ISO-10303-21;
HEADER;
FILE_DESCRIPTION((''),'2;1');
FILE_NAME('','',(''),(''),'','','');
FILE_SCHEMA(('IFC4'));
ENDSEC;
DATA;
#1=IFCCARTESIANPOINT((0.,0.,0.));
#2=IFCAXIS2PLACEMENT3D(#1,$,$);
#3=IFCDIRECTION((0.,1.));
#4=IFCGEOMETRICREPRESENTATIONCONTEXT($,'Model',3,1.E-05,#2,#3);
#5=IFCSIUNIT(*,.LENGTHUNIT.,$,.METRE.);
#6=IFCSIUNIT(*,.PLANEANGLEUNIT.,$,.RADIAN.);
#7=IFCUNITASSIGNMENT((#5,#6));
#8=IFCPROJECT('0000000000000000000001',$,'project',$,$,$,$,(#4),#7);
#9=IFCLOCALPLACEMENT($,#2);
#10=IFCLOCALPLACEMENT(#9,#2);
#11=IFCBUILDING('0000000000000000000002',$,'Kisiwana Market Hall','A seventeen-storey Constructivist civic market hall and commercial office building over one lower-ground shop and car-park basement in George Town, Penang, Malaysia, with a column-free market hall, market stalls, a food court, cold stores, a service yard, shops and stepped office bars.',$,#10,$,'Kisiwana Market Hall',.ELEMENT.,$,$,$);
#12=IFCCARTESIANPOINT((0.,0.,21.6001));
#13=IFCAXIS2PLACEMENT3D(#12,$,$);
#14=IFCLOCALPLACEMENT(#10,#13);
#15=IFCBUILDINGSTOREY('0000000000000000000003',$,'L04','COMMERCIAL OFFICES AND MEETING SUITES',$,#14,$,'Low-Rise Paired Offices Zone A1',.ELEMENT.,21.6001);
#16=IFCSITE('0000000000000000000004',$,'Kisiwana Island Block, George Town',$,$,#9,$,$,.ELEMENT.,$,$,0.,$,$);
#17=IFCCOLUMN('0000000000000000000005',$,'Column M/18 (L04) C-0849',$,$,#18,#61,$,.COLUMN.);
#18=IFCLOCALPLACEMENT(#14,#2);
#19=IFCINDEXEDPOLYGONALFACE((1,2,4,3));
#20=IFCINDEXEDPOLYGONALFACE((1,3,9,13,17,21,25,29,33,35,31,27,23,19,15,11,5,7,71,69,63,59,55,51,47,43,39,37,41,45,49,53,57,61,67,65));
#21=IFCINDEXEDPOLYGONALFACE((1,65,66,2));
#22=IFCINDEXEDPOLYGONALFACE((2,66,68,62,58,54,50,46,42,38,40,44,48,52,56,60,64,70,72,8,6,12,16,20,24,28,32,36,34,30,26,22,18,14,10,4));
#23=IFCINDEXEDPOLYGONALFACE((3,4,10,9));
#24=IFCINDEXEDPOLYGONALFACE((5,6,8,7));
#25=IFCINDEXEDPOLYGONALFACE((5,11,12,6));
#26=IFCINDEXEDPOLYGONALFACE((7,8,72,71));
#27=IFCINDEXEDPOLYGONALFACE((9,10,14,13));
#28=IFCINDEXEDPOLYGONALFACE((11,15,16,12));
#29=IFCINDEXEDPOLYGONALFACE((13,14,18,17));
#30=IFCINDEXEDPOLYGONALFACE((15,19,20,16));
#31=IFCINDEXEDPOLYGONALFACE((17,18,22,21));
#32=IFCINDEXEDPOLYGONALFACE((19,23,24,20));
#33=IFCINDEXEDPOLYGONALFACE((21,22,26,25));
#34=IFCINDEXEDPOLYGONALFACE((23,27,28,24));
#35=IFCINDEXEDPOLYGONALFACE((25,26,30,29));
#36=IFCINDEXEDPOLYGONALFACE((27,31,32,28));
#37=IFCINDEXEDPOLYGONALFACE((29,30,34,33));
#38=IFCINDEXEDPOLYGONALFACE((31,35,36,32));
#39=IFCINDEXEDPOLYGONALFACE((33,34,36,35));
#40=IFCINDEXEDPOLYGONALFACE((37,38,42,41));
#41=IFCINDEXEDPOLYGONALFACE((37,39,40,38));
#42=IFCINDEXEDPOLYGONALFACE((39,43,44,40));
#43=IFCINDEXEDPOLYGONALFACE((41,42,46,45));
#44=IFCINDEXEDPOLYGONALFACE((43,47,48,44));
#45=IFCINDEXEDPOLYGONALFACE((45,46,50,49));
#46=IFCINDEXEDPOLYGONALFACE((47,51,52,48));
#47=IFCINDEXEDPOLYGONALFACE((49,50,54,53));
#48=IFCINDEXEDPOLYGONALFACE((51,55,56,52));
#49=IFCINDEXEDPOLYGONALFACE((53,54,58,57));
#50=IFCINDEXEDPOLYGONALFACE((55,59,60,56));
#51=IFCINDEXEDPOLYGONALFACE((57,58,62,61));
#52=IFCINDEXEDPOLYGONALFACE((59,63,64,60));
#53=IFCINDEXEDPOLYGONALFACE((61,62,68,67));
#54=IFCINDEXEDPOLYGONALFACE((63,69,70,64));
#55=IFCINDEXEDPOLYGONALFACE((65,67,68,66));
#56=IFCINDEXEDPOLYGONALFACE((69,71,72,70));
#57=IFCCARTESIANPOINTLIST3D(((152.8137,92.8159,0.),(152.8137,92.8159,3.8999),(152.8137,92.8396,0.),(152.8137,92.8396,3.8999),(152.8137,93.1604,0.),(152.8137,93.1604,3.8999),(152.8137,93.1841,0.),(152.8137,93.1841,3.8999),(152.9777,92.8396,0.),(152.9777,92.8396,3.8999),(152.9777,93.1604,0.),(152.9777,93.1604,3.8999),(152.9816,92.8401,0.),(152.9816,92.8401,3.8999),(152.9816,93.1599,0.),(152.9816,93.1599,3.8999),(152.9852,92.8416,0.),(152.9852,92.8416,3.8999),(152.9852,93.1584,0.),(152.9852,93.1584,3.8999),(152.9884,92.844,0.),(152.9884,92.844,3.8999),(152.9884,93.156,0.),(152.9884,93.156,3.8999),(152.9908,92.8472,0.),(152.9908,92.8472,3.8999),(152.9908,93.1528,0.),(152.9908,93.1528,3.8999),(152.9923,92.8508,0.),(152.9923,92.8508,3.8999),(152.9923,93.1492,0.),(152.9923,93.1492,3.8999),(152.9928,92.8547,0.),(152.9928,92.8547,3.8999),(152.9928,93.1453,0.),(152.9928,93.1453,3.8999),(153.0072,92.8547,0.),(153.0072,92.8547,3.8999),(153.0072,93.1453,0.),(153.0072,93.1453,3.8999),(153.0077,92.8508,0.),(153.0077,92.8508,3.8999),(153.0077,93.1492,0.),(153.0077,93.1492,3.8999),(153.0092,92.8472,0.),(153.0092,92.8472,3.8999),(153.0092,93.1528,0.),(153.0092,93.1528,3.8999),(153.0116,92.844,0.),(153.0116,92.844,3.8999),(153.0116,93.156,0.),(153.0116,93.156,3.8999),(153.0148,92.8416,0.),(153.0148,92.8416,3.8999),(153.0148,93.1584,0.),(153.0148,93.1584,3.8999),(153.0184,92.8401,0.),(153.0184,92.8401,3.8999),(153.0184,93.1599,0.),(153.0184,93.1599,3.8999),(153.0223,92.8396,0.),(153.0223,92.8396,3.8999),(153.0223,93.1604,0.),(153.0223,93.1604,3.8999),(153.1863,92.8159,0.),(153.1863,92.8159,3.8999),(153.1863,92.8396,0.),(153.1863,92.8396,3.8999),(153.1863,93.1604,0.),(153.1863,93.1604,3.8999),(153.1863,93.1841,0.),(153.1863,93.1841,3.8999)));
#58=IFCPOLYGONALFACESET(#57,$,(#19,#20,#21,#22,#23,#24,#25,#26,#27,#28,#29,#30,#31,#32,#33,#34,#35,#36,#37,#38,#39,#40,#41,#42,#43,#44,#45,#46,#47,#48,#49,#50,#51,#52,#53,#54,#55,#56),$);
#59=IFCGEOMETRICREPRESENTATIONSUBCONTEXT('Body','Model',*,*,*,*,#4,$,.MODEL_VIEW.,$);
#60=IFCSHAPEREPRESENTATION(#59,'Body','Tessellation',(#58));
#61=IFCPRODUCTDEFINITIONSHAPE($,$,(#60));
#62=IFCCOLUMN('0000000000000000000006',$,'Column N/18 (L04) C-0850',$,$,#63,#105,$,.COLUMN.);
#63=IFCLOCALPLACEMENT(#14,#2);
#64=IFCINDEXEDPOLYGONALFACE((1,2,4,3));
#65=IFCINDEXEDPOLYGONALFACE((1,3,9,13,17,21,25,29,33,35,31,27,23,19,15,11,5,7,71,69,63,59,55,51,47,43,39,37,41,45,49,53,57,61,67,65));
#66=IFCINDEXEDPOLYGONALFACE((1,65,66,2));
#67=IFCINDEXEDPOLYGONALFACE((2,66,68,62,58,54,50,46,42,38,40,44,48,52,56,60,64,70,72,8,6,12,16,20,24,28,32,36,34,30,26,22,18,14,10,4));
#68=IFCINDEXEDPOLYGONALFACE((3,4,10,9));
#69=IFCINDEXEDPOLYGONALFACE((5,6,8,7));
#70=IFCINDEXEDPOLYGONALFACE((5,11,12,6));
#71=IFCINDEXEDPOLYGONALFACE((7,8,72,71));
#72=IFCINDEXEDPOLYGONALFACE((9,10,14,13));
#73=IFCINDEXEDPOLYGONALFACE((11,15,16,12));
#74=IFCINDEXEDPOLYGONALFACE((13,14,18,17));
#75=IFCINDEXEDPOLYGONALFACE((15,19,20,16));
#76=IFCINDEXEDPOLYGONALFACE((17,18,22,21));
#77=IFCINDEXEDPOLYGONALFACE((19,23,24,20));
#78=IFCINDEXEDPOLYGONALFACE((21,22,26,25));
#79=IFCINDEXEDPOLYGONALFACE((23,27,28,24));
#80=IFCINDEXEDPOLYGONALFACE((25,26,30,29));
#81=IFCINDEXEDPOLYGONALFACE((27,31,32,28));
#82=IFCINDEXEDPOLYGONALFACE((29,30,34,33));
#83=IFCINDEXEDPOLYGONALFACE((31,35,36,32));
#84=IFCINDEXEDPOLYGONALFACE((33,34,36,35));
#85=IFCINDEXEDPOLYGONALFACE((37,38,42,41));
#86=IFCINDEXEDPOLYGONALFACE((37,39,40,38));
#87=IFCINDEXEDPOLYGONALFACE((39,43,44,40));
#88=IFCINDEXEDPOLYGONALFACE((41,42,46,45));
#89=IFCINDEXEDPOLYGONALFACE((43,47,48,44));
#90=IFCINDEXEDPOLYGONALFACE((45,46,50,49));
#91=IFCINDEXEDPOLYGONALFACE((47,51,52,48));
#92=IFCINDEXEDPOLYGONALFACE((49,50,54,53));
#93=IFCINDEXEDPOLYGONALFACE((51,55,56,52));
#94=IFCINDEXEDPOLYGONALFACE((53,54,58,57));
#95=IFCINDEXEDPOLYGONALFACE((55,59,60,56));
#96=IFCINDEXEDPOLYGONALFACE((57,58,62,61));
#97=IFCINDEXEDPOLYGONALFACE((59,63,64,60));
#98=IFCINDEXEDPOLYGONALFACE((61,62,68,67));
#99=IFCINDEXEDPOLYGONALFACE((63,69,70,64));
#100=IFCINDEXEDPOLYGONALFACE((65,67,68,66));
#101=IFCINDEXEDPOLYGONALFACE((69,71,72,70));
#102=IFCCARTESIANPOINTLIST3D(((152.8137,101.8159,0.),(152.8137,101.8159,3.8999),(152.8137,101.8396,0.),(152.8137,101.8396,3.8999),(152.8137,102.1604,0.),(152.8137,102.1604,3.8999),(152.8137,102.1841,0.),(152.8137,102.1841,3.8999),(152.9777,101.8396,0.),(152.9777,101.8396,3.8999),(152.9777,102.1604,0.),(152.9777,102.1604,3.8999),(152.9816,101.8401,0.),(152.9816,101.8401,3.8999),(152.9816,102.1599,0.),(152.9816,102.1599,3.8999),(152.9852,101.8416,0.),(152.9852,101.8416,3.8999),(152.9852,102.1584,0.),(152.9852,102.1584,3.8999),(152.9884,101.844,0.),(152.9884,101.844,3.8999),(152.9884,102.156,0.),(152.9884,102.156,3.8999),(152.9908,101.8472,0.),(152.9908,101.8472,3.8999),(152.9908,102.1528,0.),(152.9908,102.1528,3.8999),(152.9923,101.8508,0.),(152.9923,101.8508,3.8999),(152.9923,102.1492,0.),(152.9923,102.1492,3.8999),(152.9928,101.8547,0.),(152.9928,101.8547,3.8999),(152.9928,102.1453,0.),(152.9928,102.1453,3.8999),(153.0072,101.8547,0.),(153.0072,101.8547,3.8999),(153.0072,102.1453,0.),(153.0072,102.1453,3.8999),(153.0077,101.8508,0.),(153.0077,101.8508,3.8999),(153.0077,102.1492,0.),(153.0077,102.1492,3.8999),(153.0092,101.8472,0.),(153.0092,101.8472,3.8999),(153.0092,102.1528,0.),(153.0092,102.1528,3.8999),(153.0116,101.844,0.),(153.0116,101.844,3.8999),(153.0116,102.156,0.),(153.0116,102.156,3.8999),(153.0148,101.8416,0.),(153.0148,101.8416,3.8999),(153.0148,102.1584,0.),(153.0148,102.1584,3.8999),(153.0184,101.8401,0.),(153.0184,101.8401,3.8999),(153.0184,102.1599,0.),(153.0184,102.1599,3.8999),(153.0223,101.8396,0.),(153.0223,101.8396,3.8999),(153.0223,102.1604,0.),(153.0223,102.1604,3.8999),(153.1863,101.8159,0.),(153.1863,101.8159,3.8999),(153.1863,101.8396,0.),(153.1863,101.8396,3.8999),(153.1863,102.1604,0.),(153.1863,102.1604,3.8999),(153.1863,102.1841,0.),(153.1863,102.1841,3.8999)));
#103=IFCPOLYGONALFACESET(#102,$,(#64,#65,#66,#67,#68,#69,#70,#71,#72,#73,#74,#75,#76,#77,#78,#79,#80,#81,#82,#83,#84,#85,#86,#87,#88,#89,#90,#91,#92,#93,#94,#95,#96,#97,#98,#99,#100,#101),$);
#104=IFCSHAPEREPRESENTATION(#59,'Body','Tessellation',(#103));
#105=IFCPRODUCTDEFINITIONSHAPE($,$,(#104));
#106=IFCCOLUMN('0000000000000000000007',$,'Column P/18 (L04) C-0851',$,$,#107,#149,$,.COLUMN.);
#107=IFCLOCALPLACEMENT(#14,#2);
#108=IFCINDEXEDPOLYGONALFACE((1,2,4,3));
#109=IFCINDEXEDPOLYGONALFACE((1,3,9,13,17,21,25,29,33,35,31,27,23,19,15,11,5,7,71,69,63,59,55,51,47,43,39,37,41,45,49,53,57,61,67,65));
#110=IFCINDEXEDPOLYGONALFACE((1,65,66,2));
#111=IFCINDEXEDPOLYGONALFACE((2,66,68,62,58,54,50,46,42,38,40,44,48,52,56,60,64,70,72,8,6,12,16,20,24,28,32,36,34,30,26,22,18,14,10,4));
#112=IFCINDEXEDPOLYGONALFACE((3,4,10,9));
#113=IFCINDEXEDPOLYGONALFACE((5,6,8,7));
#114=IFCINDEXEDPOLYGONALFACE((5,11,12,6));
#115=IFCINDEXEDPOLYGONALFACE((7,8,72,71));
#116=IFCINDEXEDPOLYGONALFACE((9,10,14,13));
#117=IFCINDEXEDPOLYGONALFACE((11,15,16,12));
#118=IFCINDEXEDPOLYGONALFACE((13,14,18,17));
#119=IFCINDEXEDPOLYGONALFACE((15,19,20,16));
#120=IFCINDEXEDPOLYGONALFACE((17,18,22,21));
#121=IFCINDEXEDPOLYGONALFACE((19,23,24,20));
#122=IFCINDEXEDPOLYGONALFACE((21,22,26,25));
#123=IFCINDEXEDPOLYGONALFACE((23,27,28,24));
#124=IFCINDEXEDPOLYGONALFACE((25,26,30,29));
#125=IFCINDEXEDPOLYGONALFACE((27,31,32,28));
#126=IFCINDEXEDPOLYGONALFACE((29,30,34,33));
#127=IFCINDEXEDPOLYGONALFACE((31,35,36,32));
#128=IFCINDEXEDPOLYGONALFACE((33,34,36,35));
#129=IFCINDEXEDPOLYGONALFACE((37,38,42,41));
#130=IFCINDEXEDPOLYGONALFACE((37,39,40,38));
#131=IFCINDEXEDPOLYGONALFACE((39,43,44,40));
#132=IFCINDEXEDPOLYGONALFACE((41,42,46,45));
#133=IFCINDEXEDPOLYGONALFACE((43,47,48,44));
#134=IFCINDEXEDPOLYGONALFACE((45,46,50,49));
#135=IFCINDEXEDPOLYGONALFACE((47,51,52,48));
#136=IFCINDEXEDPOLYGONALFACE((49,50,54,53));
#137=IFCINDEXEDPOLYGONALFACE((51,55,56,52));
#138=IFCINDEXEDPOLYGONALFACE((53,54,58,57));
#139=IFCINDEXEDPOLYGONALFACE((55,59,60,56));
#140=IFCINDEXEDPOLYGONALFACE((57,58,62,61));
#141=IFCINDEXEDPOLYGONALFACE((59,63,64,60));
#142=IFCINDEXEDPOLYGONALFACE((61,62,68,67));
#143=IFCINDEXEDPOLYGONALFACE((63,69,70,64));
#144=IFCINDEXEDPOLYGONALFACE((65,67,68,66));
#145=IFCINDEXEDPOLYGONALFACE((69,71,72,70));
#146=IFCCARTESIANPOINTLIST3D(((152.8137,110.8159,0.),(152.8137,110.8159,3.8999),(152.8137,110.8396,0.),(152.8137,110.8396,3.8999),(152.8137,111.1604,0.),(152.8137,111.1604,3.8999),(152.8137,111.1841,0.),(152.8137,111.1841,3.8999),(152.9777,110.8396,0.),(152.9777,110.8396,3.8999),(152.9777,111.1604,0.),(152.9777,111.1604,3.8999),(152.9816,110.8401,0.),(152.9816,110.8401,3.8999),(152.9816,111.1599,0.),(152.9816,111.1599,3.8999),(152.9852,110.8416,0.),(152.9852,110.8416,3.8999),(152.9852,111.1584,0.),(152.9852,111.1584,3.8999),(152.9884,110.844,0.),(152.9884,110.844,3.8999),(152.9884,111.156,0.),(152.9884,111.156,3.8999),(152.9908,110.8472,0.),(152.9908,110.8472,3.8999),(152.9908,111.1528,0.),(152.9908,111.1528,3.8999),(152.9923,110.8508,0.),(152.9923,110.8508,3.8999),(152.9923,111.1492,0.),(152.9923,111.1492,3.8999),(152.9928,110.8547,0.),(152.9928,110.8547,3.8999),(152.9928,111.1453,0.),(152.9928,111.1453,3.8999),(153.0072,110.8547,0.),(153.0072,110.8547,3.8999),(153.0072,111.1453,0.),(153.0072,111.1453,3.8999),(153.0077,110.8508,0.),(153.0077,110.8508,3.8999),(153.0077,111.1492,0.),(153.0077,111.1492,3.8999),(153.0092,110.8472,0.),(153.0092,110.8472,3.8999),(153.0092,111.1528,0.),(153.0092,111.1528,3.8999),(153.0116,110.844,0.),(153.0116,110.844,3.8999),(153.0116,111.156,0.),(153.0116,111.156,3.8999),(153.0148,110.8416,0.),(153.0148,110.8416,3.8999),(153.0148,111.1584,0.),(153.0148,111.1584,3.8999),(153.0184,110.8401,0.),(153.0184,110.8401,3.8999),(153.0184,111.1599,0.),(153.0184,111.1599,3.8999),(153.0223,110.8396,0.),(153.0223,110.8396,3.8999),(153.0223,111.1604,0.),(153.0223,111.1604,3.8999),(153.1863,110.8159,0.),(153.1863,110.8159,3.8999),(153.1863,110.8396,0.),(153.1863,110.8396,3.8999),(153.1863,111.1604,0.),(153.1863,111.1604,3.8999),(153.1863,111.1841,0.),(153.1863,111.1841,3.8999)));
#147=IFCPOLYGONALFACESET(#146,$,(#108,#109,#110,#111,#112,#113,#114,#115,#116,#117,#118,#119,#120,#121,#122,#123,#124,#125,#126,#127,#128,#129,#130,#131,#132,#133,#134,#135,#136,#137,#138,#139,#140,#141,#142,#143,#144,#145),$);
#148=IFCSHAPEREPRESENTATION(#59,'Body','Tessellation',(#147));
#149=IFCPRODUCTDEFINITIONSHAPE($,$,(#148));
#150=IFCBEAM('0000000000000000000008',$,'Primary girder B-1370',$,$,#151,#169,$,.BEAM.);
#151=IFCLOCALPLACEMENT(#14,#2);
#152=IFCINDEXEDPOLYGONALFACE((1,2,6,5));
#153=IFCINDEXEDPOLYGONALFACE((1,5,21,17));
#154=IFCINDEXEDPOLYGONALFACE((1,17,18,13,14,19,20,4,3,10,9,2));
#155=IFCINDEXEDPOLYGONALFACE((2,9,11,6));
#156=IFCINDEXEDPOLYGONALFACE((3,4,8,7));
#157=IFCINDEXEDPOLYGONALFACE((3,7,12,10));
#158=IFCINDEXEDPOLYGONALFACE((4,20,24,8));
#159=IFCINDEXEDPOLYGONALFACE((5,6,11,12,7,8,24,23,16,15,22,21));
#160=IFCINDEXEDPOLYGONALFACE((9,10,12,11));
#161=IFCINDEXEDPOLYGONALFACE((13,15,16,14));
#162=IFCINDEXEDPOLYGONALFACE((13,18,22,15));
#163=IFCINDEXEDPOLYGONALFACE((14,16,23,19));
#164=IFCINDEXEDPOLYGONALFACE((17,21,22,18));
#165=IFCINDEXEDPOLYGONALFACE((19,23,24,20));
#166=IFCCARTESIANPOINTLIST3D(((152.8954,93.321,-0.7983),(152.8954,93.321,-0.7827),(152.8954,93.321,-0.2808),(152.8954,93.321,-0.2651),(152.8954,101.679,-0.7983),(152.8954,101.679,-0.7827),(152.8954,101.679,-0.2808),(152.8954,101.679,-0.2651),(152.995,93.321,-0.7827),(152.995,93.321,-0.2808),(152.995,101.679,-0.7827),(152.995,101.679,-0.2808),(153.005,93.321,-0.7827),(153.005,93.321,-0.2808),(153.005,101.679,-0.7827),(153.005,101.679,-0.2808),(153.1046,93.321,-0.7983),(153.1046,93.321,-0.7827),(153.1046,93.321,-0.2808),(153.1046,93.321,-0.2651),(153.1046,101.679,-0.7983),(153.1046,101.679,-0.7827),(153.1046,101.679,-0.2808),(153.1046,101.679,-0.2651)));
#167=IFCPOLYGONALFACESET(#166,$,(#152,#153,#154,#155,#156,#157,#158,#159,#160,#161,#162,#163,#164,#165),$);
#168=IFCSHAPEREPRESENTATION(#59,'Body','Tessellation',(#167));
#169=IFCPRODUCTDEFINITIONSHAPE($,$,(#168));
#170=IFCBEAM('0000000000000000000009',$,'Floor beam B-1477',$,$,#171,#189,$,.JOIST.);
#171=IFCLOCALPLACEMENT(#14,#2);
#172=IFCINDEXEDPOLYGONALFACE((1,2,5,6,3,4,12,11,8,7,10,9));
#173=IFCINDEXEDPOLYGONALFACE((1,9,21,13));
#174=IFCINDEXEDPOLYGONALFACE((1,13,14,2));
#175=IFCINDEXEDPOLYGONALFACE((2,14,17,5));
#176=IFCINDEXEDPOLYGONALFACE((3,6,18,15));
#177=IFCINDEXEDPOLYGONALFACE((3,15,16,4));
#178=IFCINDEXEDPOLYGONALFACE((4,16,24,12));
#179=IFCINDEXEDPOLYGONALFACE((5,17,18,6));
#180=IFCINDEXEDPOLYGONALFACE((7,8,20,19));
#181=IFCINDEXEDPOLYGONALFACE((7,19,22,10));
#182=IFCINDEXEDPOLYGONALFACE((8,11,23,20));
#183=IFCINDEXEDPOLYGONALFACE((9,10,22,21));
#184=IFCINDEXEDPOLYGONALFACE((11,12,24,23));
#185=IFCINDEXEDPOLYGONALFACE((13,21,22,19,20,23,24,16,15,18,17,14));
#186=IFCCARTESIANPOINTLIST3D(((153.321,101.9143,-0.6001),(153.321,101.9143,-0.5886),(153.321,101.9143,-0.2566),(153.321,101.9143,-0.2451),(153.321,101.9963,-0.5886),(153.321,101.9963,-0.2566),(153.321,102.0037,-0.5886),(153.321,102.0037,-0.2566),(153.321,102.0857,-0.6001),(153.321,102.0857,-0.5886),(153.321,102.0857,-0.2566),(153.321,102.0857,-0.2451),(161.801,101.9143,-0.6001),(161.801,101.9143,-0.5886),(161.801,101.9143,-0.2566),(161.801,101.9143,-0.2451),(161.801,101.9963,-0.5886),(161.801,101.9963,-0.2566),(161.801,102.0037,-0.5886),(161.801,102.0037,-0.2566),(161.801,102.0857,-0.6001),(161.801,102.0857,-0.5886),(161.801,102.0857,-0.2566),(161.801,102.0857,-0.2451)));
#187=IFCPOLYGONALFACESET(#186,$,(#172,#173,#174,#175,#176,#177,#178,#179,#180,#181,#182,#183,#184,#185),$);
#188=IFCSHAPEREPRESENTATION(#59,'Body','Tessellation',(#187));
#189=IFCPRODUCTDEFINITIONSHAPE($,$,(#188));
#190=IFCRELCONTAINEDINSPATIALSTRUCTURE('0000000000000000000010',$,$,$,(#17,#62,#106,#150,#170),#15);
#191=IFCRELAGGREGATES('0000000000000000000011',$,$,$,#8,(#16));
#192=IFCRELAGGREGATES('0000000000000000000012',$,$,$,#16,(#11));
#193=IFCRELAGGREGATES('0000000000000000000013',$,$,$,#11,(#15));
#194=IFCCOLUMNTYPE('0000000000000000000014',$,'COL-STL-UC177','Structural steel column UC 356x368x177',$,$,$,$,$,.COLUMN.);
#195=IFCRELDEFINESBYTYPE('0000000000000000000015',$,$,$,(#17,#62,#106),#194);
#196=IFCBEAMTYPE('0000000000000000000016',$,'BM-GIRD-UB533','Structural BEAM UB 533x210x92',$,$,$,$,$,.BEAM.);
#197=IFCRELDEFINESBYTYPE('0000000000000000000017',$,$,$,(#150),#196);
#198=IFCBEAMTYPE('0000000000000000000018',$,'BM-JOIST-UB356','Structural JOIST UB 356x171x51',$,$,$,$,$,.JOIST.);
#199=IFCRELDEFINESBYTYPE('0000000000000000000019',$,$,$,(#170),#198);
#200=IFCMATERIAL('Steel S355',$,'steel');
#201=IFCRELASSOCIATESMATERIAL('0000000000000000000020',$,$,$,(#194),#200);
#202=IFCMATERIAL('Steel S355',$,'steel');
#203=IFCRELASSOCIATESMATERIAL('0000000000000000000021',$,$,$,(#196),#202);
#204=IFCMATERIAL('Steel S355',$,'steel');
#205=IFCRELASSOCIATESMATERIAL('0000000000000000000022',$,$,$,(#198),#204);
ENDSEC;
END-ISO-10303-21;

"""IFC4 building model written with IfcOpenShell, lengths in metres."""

from ifc_helpers import new_model, si_unit, direction, frame, origin, origin_2d, place, context, subcontext, project, spatial, i_section, extrude, material, material_profile, profile_set, type_object, element, save


model = new_model("IFC4")

# Units and contexts
model_context = context("Model", 3, precision=1e-05, world=origin(), true_north=direction((0.0, 1.0)))
body_context = subcontext(model_context, "Body", "Model", "MODEL_VIEW")
ifc_project = project(units=[si_unit("LENGTHUNIT", "METRE"), si_unit("PLANEANGLEUNIT", "RADIAN")], contexts=[model_context])

# Site, building, storey
site_placement = place(None, origin())
site = spatial("IfcSite", under=ifc_project, at=site_placement, Name="Kisiwana Island Block, George Town", CompositionType="ELEMENT", RefElevation=0.0)
building_placement = place(site_placement, origin())
building = spatial("IfcBuilding", under=site, at=building_placement, Name="Kisiwana Market Hall", Description="A seventeen-storey Constructivist civic market hall and commercial office building over one lower-ground shop and car-park basement in George Town, Penang, Malaysia, with a column-free market hall, market stalls, a food court, cold stores, a service yard, shops and stepped office bars.", LongName="Kisiwana Market Hall", CompositionType="ELEMENT")
storey_placement = place(building_placement, frame((0.0, 0.0, 21.6001)))
storey = spatial("IfcBuildingStorey", under=building, at=storey_placement, Name="L04", Description="COMMERCIAL OFFICES AND MEETING SUITES", LongName="Low-Rise Paired Offices Zone A1", CompositionType="ELEMENT", Elevation=21.6001)

# Columns
ifc_material_1 = material(Name="Steel S355", Category="steel")
ifc_material_profile_1 = material_profile(ifc_material_1, i_section(OverallWidth=0.3726, OverallDepth=0.3682, WebThickness=0.0144, FlangeThickness=0.0237, FilletRadius=0.0151, at=origin_2d()), Name="UC 356x368x177")
ifc_profile_set_1 = profile_set([ifc_material_profile_1], Name="Steel S355")
column_type = type_object("IfcColumnType", Name="COL-STL-UC177", Description="Structural steel column UC 356x368x177", PredefinedType="COLUMN", material=ifc_profile_set_1)
for number, where, z_axis, x_axis, name in (
    (1, (153.0, 93.0, 0.0), (0.0, 0.0, 1.0), (1.0, 0.0, 0.0), "Column M/18 (L04) C-0849"),
    (2, (153.0, 102.0, 0.0), (0.0, 0.0, 1.0), (1.0, 0.0, 0.0), "Column N/18 (L04) C-0850"),
    (3, (153.0, 111.0, 0.0), (0.0, 0.0, 1.0), (1.0, 0.0, 0.0), "Column P/18 (L04) C-0851"),
):
    element("IfcColumn", number, at=place(storey_placement, frame(where, z_axis=z_axis, x_axis=x_axis)), inside=storey, type_object=column_type, Name=name, PredefinedType="COLUMN", context=body_context, shape_type="SweptSolid", body=[
        extrude(i_section(OverallWidth=0.3726, OverallDepth=0.3682, WebThickness=0.0144, FlangeThickness=0.0237, FilletRadius=0.0151, at=origin_2d()), origin(), (0.0, 0.0, 1.0), 3.8999),
    ])

# Beams
ifc_material_2 = material(Name="Steel S355", Category="steel")
ifc_material_profile_2 = material_profile(ifc_material_2, i_section(OverallWidth=0.2092, OverallDepth=0.5332, WebThickness=0.01, FlangeThickness=0.0156, at=origin_2d()), Name="UB 533x210x92")
ifc_profile_set_2 = profile_set([ifc_material_profile_2], Name="Steel S355")
beam_type_1 = type_object("IfcBeamType", Name="BM-GIRD-UB533", Description="Structural BEAM UB 533x210x92", PredefinedType="BEAM", material=ifc_profile_set_2)
beam_1_placement = place(storey_placement, frame((153.0, 93.321, -0.5317), z_axis=(0.0, 1.0, 0.0), x_axis=(-1.0, 0.0, 0.0)))
element("IfcBeam", 4, at=beam_1_placement, inside=storey, type_object=beam_type_1, Name="Primary girder B-1370", PredefinedType="BEAM", context=body_context, shape_type="SweptSolid", body=[
    extrude(i_section(OverallWidth=0.2092, OverallDepth=0.5332, WebThickness=0.01, FlangeThickness=0.0156, at=origin_2d()), origin(), (0.0, 0.0, 1.0), 8.3579),
])
ifc_material_3 = material(Name="Steel S355", Category="steel")
ifc_material_profile_3 = material_profile(ifc_material_3, i_section(OverallWidth=0.1714, OverallDepth=0.355, WebThickness=0.0073, FlangeThickness=0.0115, at=origin_2d()), Name="UB 356x171x51")
ifc_profile_set_3 = profile_set([ifc_material_profile_3], Name="Steel S355")
beam_type_2 = type_object("IfcBeamType", Name="BM-JOIST-UB356", Description="Structural JOIST UB 356x171x51", PredefinedType="JOIST", material=ifc_profile_set_3)
beam_2_placement = place(storey_placement, frame((153.321, 102.0, -0.4226), z_axis=(1.0, 0.0, 0.0), x_axis=(0.0, 1.0, 0.0)))
element("IfcBeam", 5, at=beam_2_placement, inside=storey, type_object=beam_type_2, Name="Floor beam B-1477", PredefinedType="JOIST", context=body_context, shape_type="SweptSolid", body=[
    extrude(i_section(OverallWidth=0.1714, OverallDepth=0.355, WebThickness=0.0073, FlangeThickness=0.0115, at=origin_2d()), origin(), (0.0, 0.0, 1.0), 8.48),
])

save(model, "model.ifc")
